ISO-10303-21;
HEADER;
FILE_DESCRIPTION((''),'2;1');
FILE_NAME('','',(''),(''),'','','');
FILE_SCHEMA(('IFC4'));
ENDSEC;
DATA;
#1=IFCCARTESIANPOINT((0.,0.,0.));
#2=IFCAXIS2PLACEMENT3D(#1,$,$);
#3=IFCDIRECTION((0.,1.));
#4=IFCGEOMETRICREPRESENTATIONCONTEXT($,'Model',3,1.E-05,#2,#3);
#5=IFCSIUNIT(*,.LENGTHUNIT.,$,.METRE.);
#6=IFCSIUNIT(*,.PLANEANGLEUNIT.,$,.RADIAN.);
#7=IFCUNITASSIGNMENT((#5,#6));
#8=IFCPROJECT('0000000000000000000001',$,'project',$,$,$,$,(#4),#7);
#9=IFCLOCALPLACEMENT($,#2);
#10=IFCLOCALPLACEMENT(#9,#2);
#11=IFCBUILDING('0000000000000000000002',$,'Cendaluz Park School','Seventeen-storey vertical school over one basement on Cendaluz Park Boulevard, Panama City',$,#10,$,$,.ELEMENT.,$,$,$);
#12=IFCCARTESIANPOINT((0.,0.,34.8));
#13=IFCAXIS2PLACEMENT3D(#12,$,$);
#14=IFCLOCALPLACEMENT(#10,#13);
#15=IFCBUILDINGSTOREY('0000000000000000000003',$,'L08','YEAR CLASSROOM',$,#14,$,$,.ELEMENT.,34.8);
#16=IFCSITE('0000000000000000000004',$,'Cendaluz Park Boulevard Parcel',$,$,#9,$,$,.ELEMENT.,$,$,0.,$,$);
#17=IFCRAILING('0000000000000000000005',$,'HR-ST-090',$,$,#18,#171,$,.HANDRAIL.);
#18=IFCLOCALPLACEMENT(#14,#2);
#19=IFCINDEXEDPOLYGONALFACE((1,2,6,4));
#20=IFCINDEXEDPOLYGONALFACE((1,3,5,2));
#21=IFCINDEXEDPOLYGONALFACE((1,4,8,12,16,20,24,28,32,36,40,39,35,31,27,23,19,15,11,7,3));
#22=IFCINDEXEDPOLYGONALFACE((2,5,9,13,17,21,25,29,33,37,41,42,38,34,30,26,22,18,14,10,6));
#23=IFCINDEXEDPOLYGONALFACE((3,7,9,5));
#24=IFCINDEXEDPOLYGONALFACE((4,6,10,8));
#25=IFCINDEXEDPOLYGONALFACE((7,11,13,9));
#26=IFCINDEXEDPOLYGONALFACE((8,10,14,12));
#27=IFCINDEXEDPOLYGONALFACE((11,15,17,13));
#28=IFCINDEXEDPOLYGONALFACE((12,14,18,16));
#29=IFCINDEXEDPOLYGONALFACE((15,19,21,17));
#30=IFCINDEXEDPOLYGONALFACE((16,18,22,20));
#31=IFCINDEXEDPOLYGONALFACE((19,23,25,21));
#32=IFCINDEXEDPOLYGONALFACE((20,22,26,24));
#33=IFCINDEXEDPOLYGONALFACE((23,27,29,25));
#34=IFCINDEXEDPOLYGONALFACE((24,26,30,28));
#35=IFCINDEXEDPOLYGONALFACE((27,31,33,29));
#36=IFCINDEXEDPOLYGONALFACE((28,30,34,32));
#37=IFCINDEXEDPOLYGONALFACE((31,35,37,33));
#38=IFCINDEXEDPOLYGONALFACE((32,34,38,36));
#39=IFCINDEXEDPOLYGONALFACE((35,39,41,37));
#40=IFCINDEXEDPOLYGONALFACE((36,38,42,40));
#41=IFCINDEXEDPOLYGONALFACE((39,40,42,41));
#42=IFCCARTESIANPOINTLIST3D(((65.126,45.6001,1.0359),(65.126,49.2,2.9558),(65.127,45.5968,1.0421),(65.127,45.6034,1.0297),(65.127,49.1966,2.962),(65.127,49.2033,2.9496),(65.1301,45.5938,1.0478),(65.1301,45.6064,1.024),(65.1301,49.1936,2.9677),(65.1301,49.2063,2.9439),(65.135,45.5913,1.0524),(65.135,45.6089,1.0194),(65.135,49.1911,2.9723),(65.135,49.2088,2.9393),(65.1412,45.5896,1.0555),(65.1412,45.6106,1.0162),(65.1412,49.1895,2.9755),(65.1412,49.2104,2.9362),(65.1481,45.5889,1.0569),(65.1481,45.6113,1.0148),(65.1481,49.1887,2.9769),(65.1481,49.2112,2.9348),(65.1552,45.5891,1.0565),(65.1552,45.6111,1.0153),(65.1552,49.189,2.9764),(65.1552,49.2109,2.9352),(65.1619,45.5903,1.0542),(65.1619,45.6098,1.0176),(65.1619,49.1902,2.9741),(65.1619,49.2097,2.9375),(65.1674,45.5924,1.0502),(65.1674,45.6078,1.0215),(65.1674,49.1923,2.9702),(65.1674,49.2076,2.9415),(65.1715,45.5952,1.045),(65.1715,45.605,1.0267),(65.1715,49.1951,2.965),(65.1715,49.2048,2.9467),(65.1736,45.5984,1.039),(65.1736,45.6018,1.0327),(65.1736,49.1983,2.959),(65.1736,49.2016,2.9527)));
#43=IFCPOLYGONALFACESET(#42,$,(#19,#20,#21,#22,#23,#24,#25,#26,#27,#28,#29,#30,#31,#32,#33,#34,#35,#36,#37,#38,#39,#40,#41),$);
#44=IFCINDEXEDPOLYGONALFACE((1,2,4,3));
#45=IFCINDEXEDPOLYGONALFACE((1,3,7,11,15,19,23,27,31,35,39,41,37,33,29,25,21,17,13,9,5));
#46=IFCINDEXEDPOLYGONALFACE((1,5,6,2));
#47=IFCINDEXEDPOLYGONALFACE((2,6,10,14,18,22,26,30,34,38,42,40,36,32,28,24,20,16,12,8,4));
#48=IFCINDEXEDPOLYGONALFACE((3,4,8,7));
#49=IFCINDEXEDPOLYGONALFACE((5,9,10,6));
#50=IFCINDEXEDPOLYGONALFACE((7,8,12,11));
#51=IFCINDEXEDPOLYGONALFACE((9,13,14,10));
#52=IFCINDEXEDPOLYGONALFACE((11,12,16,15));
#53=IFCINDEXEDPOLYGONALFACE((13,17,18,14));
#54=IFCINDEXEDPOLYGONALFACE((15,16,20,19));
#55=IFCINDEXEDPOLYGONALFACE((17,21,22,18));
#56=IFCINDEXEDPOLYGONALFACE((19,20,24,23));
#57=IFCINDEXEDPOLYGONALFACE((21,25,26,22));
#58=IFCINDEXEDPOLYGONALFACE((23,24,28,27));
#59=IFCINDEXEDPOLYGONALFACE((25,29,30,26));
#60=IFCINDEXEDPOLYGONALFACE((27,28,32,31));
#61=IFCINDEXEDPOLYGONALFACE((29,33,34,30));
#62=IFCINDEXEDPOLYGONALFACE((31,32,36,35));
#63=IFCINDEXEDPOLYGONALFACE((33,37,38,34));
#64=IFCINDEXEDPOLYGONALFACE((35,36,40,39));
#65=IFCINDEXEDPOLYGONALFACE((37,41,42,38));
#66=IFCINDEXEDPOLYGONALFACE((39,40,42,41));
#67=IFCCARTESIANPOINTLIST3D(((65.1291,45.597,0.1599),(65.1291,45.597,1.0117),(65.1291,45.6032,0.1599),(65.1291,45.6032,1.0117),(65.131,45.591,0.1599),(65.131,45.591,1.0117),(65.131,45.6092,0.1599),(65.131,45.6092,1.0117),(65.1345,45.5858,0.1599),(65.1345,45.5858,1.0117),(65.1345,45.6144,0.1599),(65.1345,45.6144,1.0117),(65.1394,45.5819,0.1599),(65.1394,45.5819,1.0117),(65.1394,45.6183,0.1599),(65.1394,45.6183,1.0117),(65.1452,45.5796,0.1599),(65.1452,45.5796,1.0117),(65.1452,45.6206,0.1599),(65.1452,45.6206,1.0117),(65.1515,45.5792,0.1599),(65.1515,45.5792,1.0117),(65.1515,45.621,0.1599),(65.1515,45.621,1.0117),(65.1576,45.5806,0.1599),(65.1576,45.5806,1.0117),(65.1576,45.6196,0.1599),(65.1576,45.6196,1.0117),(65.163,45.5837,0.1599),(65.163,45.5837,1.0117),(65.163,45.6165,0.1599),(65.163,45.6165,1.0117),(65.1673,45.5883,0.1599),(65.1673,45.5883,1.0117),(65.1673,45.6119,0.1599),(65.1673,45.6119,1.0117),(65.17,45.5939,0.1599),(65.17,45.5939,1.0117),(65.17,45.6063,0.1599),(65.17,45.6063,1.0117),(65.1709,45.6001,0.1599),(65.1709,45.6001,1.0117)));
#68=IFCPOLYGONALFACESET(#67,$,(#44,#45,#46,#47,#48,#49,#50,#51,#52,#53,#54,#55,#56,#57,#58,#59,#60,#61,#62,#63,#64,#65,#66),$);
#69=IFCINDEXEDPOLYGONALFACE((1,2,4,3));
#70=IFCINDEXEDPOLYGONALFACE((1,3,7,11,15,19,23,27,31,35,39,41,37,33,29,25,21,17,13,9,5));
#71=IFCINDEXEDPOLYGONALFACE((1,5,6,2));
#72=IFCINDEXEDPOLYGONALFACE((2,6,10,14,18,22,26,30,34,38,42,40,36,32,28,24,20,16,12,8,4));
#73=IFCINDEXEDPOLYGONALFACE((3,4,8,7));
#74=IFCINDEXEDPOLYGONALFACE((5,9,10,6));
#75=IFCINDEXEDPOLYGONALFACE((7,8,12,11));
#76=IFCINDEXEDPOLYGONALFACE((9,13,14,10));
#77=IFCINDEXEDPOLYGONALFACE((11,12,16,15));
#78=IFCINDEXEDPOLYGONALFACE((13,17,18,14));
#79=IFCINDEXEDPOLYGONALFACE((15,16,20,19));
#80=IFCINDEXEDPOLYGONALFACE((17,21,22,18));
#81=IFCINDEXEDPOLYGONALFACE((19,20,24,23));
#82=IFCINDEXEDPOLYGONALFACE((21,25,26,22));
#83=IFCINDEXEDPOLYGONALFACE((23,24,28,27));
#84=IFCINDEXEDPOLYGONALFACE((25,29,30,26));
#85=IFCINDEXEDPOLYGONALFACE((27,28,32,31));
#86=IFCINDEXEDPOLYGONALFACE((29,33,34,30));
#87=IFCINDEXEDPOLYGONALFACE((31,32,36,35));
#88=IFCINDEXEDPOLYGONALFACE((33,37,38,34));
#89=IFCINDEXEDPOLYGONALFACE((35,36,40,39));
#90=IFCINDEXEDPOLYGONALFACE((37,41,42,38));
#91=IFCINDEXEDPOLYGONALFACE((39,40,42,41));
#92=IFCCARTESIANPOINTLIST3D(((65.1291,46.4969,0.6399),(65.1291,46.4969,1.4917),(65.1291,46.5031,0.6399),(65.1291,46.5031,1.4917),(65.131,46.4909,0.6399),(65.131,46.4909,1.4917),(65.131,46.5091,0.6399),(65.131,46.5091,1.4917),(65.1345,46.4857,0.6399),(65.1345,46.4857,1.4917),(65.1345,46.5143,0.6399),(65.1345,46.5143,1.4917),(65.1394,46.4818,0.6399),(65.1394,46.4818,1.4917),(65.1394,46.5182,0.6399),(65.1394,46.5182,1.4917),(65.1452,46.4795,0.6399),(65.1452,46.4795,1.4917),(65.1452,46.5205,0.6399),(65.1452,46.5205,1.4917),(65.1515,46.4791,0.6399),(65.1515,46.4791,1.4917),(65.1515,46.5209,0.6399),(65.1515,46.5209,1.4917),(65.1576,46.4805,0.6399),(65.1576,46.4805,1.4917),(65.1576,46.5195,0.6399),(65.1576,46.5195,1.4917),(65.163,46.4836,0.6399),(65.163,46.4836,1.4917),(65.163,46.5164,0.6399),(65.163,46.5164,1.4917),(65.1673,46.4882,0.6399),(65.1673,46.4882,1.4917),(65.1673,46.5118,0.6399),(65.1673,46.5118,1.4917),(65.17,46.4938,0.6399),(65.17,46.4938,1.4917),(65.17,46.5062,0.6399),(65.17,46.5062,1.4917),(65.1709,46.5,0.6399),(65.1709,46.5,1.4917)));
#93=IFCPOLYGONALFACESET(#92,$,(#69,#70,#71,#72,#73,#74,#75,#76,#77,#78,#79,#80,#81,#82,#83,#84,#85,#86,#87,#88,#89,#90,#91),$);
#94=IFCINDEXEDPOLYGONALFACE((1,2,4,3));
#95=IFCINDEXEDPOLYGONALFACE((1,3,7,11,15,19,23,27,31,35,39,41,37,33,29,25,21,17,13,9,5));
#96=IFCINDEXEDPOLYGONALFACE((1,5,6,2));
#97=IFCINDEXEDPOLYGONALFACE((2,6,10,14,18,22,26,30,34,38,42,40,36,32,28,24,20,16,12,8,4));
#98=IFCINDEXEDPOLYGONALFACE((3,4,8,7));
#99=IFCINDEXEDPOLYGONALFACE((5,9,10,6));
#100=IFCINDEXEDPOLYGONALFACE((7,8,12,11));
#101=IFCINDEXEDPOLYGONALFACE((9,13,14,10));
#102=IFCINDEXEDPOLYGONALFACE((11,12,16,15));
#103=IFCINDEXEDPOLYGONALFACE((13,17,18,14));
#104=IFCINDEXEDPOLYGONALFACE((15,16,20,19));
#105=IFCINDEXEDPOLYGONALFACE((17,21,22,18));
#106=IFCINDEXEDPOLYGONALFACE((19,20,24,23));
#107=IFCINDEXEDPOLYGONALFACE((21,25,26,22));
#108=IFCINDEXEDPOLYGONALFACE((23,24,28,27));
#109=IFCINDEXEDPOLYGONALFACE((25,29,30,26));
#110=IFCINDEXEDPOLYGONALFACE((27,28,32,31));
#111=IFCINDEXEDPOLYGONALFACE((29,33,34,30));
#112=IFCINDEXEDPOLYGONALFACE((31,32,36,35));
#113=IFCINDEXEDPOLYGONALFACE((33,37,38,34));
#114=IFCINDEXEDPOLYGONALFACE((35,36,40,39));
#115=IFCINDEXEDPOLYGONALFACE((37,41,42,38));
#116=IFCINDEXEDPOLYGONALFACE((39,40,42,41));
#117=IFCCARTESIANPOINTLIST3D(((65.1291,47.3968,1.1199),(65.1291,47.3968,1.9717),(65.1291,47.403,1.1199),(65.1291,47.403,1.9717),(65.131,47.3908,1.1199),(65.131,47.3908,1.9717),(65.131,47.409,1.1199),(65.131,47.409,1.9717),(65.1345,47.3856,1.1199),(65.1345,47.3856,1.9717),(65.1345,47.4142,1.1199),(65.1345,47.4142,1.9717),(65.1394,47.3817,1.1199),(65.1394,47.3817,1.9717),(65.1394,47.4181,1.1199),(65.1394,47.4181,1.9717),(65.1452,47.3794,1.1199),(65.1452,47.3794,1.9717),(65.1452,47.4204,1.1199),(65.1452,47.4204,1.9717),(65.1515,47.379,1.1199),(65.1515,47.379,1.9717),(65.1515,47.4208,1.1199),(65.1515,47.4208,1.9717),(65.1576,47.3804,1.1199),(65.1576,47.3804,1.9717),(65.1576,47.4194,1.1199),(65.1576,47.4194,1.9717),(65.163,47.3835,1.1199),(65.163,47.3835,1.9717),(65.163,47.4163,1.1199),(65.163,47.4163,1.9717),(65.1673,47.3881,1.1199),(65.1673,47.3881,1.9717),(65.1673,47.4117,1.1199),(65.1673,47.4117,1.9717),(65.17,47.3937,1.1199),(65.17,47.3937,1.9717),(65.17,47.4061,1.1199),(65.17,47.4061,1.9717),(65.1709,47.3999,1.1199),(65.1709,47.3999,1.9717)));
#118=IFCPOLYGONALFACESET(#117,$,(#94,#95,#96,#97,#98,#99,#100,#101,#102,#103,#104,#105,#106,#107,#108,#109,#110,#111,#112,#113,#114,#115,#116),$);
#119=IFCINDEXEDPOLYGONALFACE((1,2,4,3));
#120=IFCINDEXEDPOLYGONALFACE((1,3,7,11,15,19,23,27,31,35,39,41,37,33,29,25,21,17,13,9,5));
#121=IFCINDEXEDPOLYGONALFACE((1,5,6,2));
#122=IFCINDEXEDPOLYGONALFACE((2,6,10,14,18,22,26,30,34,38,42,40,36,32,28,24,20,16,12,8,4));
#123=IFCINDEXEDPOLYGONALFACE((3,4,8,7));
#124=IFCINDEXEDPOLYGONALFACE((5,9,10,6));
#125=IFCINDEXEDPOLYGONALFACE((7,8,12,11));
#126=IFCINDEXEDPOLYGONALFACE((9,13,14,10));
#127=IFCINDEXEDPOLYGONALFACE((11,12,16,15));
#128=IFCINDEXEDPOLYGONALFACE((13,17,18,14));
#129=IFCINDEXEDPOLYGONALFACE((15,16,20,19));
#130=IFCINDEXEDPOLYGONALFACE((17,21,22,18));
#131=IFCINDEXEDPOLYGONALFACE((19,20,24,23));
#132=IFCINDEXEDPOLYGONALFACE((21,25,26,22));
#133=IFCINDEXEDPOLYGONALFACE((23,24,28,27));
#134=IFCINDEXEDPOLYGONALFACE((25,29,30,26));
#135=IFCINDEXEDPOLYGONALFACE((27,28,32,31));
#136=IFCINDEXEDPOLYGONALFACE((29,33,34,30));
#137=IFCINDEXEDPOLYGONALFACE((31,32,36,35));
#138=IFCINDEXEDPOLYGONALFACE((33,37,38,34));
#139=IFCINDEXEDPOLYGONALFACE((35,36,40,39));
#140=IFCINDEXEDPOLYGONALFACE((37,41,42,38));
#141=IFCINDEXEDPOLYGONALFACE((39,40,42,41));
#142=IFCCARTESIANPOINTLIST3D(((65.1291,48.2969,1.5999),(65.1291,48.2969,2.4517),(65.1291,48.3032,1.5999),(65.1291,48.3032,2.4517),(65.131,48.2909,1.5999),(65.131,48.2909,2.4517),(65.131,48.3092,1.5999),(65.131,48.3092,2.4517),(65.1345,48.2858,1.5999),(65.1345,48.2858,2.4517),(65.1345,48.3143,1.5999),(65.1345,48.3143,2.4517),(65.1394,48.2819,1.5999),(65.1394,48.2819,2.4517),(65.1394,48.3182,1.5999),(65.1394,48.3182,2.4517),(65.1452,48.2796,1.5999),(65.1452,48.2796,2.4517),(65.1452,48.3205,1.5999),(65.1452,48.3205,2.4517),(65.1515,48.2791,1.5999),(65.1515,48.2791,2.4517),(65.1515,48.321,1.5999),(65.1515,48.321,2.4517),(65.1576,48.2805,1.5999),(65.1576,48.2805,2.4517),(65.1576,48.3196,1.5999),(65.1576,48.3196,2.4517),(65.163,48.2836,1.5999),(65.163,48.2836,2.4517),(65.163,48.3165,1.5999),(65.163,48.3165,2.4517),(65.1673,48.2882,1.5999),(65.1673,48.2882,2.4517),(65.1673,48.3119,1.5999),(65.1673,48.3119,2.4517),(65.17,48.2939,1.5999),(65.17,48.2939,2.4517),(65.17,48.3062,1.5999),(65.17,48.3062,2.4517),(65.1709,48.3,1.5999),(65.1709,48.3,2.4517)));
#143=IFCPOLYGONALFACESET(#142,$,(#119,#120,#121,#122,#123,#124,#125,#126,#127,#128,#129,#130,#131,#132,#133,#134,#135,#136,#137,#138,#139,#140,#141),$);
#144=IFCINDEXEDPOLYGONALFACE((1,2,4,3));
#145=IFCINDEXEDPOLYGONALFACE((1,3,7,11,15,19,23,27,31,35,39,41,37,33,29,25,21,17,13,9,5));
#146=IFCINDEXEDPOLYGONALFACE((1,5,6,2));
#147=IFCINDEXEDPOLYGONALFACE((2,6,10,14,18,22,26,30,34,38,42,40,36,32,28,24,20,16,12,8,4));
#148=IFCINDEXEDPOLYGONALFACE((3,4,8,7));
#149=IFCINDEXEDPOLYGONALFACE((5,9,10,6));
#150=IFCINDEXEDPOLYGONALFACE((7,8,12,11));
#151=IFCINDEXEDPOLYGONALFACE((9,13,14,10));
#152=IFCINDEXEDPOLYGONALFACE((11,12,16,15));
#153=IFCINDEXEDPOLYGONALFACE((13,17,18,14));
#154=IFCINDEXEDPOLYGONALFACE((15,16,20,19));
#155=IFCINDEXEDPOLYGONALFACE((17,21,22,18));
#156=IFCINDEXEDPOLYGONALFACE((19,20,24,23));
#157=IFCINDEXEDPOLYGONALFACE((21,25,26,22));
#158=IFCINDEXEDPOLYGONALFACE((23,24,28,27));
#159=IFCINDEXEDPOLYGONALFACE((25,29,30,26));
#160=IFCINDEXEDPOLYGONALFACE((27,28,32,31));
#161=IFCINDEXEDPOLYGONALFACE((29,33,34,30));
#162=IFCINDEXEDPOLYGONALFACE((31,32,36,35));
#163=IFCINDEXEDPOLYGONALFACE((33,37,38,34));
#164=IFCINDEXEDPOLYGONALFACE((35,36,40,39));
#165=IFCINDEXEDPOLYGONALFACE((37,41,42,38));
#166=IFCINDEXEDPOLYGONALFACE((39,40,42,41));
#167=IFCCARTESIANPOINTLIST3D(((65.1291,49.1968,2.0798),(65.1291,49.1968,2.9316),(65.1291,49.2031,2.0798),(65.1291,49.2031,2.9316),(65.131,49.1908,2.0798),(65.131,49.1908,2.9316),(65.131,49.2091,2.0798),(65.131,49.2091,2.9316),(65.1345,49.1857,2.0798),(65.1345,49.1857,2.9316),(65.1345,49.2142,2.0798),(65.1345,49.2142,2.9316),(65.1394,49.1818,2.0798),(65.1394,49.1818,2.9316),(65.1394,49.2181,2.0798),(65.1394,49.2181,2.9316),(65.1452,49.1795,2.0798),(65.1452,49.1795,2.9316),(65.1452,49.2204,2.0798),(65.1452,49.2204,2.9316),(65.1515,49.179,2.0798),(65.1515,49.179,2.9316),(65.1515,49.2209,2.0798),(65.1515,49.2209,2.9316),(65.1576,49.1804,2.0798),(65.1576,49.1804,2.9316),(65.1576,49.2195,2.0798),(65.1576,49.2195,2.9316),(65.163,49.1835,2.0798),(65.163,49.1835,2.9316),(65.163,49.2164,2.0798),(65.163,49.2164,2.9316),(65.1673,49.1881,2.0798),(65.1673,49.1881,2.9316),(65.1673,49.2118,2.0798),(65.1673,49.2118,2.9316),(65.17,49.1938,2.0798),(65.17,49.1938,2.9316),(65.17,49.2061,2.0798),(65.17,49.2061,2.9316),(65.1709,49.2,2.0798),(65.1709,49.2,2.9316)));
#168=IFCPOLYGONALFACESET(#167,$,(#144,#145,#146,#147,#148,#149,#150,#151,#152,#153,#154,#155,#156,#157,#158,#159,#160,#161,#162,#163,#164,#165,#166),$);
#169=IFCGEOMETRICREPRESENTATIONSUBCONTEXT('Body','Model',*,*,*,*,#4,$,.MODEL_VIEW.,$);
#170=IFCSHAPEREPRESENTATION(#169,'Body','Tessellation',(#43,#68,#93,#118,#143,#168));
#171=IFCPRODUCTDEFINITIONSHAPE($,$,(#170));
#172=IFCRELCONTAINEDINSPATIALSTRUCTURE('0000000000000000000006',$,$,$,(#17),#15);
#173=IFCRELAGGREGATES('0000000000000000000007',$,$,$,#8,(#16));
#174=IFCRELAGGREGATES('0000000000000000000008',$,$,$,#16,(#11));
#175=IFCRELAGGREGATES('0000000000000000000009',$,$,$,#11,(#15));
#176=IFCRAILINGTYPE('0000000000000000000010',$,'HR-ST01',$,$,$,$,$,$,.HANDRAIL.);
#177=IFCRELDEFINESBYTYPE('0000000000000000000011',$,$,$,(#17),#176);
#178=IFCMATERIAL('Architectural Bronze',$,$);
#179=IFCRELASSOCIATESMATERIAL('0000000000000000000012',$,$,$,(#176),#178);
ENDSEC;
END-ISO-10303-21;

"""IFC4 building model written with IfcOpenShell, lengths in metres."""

from ifc_helpers import new_model, si_unit, direction, frame, origin, origin_2d, place, context, subcontext, project, spatial, circle, extrude, material, type_object, element, save


model = new_model("IFC4")

# Units and contexts
model_context = context("Model", 3, precision=1e-05, world=origin(), true_north=direction((0.0, 1.0)))
body_context = subcontext(model_context, "Body", "Model", "MODEL_VIEW")
ifc_project = project(units=[si_unit("LENGTHUNIT", "METRE"), si_unit("PLANEANGLEUNIT", "RADIAN")], contexts=[model_context])

# Site, building, storey
site_placement = place(None, origin())
site = spatial("IfcSite", under=ifc_project, at=site_placement, Name="Cendaluz Park Boulevard Parcel", CompositionType="ELEMENT", RefElevation=0.0)
building_placement = place(site_placement, origin())
building = spatial("IfcBuilding", under=site, at=building_placement, Name="Cendaluz Park School", Description="Seventeen-storey vertical school over one basement on Cendaluz Park Boulevard, Panama City", CompositionType="ELEMENT")
storey_placement = place(building_placement, frame((0.0, 0.0, 34.8)))
storey = spatial("IfcBuildingStorey", under=building, at=storey_placement, Name="L08", Description="YEAR CLASSROOM", CompositionType="ELEMENT", Elevation=34.8)

# Railing
ifc_material_1 = material(Name="Architectural Bronze")
railing_type_1 = type_object("IfcRailingType", Name="HR-ST01", PredefinedType="HANDRAIL", material=ifc_material_1)
railing_1_placement = place(storey_placement, frame((65.1499, 45.6001, 0.1599)))
element("IfcRailing", 1, at=railing_1_placement, inside=storey, type_object=railing_type_1, Name="HR-ST-090", PredefinedType="HANDRAIL", context=body_context, shape_type="SweptSolid", body=[
    extrude(circle(Radius=0.0239, at=origin_2d()), frame((0.0, 0.0, 0.876), z_axis=(0.0, 0.882353, 0.470588), x_axis=(-1.0, 0.0, 0.0)), (0.0, 0.0, 1.0), 4.0798),
    extrude(circle(Radius=0.021, at=origin_2d()), origin(), (0.0, 0.0, 1.0), 0.8518),
    extrude(circle(Radius=0.021, at=origin_2d()), frame((0.0, 0.8999, 0.48)), (0.0, 0.0, 1.0), 0.8518),
    extrude(circle(Radius=0.021, at=origin_2d()), frame((0.0, 1.7998, 0.96)), (0.0, 0.0, 1.0), 0.8518),
    extrude(circle(Radius=0.021, at=origin_2d()), frame((0.0, 2.7, 1.4399)), (0.0, 0.0, 1.0), 0.8518),
    extrude(circle(Radius=0.021, at=origin_2d()), frame((0.0, 3.5999, 1.9199)), (0.0, 0.0, 1.0), 0.8518),
])

save(model, "model.ifc")
